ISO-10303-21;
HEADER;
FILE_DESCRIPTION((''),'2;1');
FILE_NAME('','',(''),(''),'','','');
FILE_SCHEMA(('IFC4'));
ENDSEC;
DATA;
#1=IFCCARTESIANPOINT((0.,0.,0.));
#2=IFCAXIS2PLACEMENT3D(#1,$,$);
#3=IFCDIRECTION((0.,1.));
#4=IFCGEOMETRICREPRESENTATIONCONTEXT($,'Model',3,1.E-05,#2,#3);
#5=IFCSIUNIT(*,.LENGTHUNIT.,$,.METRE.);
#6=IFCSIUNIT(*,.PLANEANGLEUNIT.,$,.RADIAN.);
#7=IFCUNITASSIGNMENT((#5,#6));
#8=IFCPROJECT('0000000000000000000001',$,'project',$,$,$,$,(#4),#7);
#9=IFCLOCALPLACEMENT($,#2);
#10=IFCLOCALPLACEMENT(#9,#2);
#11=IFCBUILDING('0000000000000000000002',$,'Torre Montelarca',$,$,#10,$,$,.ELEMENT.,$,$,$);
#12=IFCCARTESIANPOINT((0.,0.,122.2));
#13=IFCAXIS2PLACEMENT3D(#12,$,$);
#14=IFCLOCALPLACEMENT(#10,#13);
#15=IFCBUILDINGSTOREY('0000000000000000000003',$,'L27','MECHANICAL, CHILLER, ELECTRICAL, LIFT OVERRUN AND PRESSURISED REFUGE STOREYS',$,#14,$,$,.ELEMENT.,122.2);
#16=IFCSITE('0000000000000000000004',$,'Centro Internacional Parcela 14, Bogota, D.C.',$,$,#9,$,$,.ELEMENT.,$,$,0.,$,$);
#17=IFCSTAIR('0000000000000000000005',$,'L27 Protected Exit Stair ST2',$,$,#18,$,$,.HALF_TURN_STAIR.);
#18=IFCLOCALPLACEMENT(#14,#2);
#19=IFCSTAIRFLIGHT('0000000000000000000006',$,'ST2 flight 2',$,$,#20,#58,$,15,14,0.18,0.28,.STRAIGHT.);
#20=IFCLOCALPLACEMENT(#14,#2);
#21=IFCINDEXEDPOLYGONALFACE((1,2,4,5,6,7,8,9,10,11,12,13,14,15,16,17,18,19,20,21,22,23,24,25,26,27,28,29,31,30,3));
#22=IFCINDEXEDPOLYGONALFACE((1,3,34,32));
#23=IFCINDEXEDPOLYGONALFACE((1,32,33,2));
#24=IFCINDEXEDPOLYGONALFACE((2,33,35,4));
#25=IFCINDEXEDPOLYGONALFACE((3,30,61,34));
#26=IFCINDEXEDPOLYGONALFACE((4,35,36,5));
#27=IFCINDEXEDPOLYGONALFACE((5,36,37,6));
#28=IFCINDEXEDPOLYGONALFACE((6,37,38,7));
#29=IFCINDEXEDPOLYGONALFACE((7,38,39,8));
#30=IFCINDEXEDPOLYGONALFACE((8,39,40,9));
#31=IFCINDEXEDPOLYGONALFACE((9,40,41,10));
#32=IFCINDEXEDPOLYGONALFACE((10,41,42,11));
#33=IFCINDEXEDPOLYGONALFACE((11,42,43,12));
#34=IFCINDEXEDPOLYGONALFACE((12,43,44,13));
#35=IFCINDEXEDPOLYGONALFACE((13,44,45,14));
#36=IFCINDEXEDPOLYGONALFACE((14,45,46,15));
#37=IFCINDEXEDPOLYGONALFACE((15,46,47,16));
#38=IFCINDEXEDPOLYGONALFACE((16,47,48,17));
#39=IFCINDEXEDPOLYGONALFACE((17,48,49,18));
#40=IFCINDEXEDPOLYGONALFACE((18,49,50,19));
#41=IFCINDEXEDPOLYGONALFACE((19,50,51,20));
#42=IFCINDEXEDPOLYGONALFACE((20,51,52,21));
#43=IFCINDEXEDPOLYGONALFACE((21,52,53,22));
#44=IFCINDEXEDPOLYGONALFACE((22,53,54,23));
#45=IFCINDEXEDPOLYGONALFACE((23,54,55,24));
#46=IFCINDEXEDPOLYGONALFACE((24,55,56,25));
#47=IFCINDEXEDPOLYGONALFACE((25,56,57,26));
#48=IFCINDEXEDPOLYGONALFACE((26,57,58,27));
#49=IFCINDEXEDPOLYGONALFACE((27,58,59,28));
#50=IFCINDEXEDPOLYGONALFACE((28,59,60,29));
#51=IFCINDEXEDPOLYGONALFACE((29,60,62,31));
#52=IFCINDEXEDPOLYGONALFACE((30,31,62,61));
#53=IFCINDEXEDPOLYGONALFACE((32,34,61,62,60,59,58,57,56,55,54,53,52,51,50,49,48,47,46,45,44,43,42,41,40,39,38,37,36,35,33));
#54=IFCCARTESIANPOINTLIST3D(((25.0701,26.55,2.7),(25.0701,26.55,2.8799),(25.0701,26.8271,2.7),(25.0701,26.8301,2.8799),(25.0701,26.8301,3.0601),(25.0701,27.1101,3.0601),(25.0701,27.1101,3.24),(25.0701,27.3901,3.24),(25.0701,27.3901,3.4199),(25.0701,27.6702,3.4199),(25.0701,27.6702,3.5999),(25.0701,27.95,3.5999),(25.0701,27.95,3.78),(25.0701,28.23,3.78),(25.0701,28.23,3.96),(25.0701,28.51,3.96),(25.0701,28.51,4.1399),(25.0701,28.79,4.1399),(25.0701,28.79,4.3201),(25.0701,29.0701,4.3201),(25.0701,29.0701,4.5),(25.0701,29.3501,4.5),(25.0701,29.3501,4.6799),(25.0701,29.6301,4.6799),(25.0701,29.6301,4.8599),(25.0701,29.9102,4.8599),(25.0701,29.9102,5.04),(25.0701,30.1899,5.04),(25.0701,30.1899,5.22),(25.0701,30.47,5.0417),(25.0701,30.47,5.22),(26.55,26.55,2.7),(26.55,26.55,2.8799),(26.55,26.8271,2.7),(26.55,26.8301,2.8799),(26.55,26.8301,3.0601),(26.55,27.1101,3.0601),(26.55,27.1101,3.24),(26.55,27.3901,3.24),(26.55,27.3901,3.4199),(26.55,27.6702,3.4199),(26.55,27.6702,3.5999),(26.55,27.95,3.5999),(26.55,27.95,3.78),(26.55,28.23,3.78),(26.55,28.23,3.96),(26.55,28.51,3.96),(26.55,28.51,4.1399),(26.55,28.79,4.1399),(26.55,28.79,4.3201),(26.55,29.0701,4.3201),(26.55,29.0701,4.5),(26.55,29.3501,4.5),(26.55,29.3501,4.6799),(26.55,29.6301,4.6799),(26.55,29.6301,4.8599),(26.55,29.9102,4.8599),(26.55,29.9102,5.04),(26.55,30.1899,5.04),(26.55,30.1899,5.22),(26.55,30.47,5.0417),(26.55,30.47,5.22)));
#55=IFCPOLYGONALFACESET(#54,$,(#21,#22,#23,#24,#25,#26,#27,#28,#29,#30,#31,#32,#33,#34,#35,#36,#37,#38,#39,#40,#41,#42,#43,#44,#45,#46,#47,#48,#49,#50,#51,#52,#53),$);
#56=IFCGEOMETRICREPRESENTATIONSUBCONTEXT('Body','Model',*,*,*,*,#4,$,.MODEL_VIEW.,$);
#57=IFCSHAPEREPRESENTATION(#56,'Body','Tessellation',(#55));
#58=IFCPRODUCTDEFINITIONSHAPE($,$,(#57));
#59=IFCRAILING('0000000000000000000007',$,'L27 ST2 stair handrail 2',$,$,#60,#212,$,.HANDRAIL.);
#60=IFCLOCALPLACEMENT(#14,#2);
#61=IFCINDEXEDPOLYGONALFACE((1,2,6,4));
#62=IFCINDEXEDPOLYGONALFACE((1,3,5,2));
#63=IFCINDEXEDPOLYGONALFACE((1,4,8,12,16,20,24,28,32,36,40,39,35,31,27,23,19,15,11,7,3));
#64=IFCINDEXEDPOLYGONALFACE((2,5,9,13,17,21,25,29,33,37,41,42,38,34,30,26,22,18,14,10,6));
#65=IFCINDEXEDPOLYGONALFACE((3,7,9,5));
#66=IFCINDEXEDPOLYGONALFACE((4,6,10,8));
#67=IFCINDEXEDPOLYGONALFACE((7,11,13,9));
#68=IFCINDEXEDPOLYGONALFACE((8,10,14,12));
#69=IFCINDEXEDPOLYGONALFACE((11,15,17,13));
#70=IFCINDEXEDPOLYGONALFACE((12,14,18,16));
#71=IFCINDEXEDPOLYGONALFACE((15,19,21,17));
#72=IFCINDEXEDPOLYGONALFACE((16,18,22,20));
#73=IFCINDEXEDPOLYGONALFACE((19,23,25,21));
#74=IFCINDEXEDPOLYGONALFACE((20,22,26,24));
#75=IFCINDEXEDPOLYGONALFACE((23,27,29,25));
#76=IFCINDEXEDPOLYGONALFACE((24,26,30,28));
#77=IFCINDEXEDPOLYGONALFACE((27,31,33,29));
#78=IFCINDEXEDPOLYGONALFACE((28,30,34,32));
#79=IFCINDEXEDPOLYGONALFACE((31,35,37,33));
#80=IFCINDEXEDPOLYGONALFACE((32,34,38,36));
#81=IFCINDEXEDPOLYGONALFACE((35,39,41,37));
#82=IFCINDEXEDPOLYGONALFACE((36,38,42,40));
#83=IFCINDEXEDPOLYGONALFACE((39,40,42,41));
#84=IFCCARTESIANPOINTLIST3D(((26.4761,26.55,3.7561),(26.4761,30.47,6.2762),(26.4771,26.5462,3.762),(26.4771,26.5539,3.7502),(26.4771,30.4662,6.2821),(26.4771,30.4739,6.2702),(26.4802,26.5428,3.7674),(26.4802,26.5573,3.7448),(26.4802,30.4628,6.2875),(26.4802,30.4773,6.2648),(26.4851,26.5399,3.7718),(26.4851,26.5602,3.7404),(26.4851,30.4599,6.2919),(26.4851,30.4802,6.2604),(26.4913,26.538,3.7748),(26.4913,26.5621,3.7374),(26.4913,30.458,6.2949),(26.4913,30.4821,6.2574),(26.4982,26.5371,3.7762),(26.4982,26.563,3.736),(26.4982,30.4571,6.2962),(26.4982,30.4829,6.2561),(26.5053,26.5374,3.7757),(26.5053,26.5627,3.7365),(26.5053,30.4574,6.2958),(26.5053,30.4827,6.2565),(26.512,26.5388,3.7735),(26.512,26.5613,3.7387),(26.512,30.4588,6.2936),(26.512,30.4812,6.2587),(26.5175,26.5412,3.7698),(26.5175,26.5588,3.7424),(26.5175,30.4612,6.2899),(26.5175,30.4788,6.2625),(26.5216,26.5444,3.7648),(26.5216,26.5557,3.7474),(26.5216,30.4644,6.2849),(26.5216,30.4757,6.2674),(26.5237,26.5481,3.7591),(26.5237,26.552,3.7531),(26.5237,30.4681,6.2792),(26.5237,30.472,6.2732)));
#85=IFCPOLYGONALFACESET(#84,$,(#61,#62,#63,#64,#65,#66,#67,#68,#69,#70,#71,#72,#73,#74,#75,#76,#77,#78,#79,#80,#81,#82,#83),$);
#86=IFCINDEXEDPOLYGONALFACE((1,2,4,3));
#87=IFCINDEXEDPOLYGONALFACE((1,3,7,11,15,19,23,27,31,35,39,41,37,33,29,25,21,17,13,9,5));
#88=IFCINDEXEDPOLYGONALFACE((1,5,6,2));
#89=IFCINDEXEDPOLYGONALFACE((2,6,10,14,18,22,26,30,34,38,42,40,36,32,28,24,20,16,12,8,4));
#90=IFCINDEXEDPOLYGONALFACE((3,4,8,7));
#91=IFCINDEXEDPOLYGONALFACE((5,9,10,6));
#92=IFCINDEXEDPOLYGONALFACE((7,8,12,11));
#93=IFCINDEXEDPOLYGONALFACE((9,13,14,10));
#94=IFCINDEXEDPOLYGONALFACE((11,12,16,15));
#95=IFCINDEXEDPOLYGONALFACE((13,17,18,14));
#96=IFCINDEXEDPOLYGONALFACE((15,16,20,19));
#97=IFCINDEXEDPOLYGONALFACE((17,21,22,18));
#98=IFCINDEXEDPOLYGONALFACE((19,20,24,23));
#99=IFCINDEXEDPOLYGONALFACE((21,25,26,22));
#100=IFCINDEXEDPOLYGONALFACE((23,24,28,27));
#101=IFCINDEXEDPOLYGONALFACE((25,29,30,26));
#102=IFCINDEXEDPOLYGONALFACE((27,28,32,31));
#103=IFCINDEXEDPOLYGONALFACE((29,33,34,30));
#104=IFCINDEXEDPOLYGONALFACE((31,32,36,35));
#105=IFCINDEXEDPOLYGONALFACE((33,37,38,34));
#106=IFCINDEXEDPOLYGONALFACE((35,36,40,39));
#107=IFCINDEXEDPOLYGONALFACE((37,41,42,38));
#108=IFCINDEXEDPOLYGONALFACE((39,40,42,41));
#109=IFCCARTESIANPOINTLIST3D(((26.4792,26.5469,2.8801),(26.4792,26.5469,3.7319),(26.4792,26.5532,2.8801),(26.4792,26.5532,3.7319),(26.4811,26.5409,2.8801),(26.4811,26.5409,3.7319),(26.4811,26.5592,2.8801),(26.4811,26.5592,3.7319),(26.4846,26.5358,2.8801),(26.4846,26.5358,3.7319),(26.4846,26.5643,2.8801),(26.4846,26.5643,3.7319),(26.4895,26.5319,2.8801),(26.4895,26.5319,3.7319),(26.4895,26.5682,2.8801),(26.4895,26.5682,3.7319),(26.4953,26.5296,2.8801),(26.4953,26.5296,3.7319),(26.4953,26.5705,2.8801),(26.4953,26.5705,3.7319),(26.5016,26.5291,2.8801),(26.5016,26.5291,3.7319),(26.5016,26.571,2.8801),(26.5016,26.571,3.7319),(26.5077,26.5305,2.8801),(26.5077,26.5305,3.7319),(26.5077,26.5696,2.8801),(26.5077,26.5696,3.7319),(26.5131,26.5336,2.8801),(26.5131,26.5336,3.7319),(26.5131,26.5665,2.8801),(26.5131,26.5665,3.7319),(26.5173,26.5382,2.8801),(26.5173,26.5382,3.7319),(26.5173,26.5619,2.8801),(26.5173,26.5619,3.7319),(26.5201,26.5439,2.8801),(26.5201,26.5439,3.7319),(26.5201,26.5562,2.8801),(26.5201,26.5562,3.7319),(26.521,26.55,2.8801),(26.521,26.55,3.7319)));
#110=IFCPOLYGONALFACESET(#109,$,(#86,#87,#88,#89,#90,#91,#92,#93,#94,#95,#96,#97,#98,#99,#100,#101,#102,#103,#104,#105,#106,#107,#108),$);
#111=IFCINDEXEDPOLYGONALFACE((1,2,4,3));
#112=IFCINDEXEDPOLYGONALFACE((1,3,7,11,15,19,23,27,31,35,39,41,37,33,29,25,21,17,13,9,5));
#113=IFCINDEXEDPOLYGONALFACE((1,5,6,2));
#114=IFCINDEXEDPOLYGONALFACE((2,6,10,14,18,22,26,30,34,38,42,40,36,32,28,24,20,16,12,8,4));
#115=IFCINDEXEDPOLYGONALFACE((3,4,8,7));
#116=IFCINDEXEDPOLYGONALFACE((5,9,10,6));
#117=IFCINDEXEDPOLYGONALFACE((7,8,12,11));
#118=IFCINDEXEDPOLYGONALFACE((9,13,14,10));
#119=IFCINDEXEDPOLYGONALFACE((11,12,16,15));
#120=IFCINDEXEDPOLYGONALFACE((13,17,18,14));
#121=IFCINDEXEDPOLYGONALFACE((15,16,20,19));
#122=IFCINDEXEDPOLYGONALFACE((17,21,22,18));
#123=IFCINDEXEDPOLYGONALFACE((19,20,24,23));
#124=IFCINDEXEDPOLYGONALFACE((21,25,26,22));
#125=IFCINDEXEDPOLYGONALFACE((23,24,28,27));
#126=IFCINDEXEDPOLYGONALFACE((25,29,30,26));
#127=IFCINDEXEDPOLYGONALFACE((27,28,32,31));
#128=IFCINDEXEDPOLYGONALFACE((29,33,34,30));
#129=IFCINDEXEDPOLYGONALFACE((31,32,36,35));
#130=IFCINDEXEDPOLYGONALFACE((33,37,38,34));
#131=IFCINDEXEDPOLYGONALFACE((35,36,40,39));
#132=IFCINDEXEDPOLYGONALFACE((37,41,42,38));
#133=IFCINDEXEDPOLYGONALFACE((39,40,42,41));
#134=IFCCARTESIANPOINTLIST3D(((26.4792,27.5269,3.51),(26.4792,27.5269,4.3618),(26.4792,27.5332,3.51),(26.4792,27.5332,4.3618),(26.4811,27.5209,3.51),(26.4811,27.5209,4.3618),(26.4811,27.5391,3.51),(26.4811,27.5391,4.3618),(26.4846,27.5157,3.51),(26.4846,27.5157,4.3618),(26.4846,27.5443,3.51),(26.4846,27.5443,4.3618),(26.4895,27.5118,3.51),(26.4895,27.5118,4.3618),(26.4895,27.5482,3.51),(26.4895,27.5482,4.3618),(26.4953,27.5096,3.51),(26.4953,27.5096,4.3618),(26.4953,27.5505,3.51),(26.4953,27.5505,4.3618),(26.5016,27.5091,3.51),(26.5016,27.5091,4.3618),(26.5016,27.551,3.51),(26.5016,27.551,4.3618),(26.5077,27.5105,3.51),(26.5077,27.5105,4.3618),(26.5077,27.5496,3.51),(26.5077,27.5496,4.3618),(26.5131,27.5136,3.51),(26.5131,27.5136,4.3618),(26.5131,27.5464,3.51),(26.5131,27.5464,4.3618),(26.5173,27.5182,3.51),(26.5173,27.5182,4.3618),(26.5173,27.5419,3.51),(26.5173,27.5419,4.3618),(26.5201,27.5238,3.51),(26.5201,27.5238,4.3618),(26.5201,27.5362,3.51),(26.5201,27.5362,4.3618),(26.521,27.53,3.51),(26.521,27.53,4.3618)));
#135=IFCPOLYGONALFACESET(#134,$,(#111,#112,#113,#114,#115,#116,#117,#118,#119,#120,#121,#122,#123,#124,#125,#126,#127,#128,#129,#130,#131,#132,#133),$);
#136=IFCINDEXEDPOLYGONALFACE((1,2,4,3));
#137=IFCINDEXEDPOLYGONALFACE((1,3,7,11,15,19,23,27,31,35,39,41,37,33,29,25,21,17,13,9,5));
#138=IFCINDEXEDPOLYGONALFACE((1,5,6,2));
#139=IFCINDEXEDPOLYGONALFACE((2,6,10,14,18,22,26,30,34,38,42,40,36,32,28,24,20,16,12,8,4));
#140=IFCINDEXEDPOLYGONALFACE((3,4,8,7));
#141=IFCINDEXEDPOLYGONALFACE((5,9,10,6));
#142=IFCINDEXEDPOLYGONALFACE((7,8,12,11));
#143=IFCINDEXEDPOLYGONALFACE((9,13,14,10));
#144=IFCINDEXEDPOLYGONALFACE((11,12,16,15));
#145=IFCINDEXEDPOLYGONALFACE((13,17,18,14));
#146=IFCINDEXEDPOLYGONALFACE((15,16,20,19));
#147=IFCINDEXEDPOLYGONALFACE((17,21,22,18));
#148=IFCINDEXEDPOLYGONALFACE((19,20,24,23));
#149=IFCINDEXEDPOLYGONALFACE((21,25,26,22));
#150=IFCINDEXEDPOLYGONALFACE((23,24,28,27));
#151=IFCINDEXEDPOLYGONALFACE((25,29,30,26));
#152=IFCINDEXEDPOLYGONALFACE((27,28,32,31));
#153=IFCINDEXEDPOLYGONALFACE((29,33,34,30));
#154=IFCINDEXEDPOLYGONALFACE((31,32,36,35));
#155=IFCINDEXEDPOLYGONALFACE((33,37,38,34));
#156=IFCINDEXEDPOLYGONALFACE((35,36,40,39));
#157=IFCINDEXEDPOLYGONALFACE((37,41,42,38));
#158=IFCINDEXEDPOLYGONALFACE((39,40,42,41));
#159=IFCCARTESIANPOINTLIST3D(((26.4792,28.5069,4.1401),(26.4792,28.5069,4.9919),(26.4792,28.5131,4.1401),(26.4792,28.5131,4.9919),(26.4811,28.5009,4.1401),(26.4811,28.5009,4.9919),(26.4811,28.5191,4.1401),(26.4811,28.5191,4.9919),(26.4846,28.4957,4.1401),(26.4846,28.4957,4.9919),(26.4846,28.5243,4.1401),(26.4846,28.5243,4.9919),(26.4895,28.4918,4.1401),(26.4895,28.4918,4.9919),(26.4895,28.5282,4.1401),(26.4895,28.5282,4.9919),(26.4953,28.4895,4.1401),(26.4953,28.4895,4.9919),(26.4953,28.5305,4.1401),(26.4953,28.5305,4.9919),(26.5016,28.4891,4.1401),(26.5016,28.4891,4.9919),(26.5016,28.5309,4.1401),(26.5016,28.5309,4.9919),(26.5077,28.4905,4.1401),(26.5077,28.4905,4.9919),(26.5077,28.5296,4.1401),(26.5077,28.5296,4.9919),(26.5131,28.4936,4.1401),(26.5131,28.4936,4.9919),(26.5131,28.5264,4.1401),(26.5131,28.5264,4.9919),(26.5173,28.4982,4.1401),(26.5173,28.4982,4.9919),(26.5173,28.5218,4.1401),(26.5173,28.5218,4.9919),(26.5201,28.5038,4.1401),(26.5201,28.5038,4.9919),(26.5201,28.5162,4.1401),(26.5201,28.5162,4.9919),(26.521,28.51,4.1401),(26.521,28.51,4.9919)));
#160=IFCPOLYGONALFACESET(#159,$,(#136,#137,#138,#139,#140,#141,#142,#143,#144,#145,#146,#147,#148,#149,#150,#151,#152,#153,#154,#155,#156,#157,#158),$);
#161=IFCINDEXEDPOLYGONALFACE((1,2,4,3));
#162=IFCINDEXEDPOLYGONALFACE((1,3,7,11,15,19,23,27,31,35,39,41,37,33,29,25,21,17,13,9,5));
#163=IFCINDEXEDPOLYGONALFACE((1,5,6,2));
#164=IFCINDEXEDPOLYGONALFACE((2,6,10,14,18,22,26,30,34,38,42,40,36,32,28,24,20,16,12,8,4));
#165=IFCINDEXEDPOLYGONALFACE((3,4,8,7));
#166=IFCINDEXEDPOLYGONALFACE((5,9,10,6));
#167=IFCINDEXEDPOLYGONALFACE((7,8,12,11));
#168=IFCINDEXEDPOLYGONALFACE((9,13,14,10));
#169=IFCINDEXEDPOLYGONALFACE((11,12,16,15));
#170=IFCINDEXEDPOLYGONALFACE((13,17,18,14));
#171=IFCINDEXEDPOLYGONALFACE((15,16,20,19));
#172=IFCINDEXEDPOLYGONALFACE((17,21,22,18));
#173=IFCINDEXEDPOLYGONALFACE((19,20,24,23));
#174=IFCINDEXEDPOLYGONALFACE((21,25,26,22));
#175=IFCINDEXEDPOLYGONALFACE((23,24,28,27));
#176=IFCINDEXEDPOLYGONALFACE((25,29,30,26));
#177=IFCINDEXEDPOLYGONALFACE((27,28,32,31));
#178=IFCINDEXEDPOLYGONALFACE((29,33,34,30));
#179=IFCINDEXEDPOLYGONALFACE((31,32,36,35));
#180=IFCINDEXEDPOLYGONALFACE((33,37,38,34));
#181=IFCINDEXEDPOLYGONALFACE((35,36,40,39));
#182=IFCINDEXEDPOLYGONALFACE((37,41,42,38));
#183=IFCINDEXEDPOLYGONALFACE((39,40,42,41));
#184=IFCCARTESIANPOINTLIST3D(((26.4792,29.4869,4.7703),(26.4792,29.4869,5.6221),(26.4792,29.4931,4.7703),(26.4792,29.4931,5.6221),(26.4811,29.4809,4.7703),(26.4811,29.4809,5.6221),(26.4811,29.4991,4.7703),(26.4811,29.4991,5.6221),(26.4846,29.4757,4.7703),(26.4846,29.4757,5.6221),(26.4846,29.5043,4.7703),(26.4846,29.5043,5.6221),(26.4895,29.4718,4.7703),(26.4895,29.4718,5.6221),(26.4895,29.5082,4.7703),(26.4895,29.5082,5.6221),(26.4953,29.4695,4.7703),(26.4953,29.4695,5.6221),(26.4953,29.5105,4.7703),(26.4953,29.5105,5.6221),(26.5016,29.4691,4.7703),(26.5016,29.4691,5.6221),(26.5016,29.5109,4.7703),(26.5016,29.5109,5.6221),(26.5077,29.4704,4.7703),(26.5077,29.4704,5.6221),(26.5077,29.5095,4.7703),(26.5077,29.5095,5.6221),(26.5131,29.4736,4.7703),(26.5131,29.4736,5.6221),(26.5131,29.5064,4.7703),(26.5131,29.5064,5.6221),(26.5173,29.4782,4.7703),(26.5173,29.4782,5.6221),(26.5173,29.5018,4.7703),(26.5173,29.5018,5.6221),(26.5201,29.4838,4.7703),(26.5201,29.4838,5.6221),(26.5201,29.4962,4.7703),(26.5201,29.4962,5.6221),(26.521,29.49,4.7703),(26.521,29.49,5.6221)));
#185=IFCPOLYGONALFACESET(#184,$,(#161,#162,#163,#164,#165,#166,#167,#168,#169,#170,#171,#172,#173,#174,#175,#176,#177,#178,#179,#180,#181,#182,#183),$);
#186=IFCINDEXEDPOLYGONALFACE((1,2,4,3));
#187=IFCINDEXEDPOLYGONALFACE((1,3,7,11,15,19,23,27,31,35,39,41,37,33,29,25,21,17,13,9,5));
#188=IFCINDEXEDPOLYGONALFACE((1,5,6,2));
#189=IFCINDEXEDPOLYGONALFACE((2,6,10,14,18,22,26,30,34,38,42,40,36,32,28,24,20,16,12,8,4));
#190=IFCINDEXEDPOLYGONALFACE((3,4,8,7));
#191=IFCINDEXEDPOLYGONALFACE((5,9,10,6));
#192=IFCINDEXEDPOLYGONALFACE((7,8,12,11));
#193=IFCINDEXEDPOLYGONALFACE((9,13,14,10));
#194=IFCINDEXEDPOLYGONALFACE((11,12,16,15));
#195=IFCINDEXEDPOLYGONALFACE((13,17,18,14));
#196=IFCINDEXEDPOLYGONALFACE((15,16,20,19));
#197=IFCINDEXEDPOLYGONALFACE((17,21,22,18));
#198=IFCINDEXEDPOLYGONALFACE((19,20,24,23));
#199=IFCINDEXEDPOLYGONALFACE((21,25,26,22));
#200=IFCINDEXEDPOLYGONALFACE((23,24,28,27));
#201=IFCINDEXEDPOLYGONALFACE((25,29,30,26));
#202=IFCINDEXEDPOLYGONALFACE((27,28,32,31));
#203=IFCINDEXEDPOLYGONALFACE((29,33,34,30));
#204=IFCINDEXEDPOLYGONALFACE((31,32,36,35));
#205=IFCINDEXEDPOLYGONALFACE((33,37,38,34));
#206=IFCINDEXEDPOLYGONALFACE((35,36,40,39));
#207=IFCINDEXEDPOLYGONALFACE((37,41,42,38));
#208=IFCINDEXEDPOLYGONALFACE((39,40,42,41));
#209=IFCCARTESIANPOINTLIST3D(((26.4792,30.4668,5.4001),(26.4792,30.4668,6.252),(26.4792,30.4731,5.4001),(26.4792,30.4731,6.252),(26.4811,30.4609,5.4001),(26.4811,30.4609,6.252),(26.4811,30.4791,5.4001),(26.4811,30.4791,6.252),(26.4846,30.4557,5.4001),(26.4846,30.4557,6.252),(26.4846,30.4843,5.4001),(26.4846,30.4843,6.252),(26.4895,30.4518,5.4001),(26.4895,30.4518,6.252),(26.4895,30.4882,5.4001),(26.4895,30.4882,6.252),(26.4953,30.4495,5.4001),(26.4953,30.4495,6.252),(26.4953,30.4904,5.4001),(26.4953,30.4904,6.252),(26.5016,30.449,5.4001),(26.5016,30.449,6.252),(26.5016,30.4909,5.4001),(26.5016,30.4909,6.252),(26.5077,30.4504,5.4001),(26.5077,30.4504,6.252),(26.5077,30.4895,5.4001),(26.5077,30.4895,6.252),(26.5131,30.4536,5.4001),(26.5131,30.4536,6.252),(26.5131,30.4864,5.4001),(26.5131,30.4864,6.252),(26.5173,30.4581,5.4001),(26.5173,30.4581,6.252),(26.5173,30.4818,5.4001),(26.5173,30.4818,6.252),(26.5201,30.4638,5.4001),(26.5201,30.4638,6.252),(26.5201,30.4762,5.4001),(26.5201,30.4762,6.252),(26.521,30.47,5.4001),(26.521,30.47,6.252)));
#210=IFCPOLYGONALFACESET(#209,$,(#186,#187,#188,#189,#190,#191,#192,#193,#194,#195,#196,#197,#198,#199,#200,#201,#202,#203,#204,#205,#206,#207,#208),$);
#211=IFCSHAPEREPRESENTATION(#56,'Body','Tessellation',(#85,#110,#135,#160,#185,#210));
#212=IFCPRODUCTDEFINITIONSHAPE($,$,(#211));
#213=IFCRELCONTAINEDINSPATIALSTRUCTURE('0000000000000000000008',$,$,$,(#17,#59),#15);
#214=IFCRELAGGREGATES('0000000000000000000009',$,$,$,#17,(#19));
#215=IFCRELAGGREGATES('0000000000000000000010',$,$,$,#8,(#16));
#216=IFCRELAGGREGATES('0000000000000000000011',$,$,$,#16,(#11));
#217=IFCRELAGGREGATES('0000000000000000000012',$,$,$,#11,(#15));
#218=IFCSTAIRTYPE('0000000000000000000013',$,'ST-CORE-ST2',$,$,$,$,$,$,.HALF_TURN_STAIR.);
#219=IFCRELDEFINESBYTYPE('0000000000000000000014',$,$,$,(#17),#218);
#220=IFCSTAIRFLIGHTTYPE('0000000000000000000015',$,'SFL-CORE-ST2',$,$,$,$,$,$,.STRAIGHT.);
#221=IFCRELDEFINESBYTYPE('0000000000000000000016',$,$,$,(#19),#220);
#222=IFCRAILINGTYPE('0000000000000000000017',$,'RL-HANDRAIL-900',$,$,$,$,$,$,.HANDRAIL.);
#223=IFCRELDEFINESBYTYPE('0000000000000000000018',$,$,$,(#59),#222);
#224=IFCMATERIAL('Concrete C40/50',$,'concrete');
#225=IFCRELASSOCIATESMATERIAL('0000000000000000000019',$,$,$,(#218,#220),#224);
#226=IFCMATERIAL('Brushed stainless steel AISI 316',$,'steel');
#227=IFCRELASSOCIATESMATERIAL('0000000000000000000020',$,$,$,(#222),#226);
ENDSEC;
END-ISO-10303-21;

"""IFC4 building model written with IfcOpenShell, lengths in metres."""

from ifc_helpers import new_model, si_unit, direction, frame, origin, origin_2d, place, context, subcontext, project, spatial, polyline, circle, outline, extrude, material, type_object, element, aggregate, save


model = new_model("IFC4")

# Units and contexts
model_context = context("Model", 3, precision=1e-05, world=origin(), true_north=direction((0.0, 1.0)))
body_context = subcontext(model_context, "Body", "Model", "MODEL_VIEW")
ifc_project = project(units=[si_unit("LENGTHUNIT", "METRE"), si_unit("PLANEANGLEUNIT", "RADIAN")], contexts=[model_context])

# Site, building, storey
site_placement = place(None, origin())
site = spatial("IfcSite", under=ifc_project, at=site_placement, Name="Centro Internacional Parcela 14, Bogota, D.C.", CompositionType="ELEMENT", RefElevation=0.0)
building_placement = place(site_placement, origin())
building = spatial("IfcBuilding", under=site, at=building_placement, Name="Torre Montelarca", CompositionType="ELEMENT")
storey_placement = place(building_placement, frame((0.0, 0.0, 122.2)))
storey = spatial("IfcBuildingStorey", under=building, at=storey_placement, Name="L27", Description="MECHANICAL, CHILLER, ELECTRICAL, LIFT OVERRUN AND PRESSURISED REFUGE STOREYS", CompositionType="ELEMENT", Elevation=122.2)

# Stair, stair flight
ifc_material_1 = material(Name="Concrete C40/50", Category="concrete")
stair_type = type_object("IfcStairType", Name="ST-CORE-ST2", PredefinedType="HALF_TURN_STAIR", material=ifc_material_1)
stair_placement = place(storey_placement, origin())
stair = element("IfcStair", 1, at=stair_placement, inside=storey, type_object=stair_type, Name="L27 Protected Exit Stair ST2", PredefinedType="HALF_TURN_STAIR")
stair_flight_type = type_object("IfcStairFlightType", Name="SFL-CORE-ST2", PredefinedType="STRAIGHT", material=ifc_material_1)
stair_flight_placement = place(storey_placement, frame((25.8101, 26.55, 2.7), z_axis=(0.0, 0.0, 1.0), x_axis=(0.0, 1.0, 0.0)))
stair_flight = element("IfcStairFlight", 2, at=stair_flight_placement, type_object=stair_flight_type, Name="ST2 flight 2", NumberOfRisers=15, NumberOfTreads=14, PredefinedType="STRAIGHT", RiserHeight=0.18, TreadLength=0.28, context=body_context, shape_type="SweptSolid", body=[
    extrude(outline(polyline([(0.0, 0.0), (0.0, 0.1799), (0.28, 0.1799), (0.28, 0.3601), (0.5601, 0.3601), (0.5601, 0.54), (0.8401, 0.54), (0.8401, 0.72), (1.1201, 0.72), (1.1201, 0.8999), (1.3999, 0.8999), (1.3999, 1.0801), (1.6799, 1.0801), (1.6799, 1.26), (1.96, 1.26), (1.96, 1.4399), (2.24, 1.4399), (2.24, 1.6201), (2.52, 1.6201), (2.52, 1.8), (2.8, 1.8), (2.8, 1.98), (3.0801, 1.98), (3.0801, 2.1599), (3.3601, 2.1599), (3.3601, 2.3401), (3.6399, 2.3401), (3.6399, 2.52), (3.9199, 2.52), (3.9199, 2.7), (3.9199, 2.3418), (0.2771, 0.0), (0.0, 0.0)])), frame((0.0, 0.74, 0.0), z_axis=(0.0, -1.0, 0.0), x_axis=(1.0, 0.0, 0.0)), (0.0, 0.0, 1.0), 1.48),
])
aggregate(stair, [stair_flight])

# Railing
ifc_material_2 = material(Name="Brushed stainless steel AISI 316", Category="steel")
railing_type = type_object("IfcRailingType", Name="RL-HANDRAIL-900", PredefinedType="HANDRAIL", material=ifc_material_2)
railing_placement = place(storey_placement, frame((26.5, 26.55, 2.8801)))
element("IfcRailing", 3, at=railing_placement, inside=storey, type_object=railing_type, Name="L27 ST2 stair handrail 2", PredefinedType="HANDRAIL", context=body_context, shape_type="SweptSolid", body=[
    extrude(circle(Radius=0.0239, at=origin_2d()), frame((0.0, 0.0, 0.876), z_axis=(0.0, 0.841172, 0.540768), x_axis=(-1.0, 0.0, 0.0)), (0.0, 0.0, 1.0), 4.6602),
    extrude(circle(Radius=0.021, at=origin_2d()), origin(), (0.0, 0.0, 1.0), 0.8518),
    extrude(circle(Radius=0.021, at=origin_2d()), frame((0.0, 0.98, 0.6299)), (0.0, 0.0, 1.0), 0.8518),
    extrude(circle(Radius=0.021, at=origin_2d()), frame((0.0, 1.96, 1.26)), (0.0, 0.0, 1.0), 0.8518),
    extrude(circle(Radius=0.021, at=origin_2d()), frame((0.0, 2.9399, 1.8901)), (0.0, 0.0, 1.0), 0.8518),
    extrude(circle(Radius=0.021, at=origin_2d()), frame((0.0, 3.9199, 2.52)), (0.0, 0.0, 1.0), 0.8518),
])

save(model, "model.ifc")
